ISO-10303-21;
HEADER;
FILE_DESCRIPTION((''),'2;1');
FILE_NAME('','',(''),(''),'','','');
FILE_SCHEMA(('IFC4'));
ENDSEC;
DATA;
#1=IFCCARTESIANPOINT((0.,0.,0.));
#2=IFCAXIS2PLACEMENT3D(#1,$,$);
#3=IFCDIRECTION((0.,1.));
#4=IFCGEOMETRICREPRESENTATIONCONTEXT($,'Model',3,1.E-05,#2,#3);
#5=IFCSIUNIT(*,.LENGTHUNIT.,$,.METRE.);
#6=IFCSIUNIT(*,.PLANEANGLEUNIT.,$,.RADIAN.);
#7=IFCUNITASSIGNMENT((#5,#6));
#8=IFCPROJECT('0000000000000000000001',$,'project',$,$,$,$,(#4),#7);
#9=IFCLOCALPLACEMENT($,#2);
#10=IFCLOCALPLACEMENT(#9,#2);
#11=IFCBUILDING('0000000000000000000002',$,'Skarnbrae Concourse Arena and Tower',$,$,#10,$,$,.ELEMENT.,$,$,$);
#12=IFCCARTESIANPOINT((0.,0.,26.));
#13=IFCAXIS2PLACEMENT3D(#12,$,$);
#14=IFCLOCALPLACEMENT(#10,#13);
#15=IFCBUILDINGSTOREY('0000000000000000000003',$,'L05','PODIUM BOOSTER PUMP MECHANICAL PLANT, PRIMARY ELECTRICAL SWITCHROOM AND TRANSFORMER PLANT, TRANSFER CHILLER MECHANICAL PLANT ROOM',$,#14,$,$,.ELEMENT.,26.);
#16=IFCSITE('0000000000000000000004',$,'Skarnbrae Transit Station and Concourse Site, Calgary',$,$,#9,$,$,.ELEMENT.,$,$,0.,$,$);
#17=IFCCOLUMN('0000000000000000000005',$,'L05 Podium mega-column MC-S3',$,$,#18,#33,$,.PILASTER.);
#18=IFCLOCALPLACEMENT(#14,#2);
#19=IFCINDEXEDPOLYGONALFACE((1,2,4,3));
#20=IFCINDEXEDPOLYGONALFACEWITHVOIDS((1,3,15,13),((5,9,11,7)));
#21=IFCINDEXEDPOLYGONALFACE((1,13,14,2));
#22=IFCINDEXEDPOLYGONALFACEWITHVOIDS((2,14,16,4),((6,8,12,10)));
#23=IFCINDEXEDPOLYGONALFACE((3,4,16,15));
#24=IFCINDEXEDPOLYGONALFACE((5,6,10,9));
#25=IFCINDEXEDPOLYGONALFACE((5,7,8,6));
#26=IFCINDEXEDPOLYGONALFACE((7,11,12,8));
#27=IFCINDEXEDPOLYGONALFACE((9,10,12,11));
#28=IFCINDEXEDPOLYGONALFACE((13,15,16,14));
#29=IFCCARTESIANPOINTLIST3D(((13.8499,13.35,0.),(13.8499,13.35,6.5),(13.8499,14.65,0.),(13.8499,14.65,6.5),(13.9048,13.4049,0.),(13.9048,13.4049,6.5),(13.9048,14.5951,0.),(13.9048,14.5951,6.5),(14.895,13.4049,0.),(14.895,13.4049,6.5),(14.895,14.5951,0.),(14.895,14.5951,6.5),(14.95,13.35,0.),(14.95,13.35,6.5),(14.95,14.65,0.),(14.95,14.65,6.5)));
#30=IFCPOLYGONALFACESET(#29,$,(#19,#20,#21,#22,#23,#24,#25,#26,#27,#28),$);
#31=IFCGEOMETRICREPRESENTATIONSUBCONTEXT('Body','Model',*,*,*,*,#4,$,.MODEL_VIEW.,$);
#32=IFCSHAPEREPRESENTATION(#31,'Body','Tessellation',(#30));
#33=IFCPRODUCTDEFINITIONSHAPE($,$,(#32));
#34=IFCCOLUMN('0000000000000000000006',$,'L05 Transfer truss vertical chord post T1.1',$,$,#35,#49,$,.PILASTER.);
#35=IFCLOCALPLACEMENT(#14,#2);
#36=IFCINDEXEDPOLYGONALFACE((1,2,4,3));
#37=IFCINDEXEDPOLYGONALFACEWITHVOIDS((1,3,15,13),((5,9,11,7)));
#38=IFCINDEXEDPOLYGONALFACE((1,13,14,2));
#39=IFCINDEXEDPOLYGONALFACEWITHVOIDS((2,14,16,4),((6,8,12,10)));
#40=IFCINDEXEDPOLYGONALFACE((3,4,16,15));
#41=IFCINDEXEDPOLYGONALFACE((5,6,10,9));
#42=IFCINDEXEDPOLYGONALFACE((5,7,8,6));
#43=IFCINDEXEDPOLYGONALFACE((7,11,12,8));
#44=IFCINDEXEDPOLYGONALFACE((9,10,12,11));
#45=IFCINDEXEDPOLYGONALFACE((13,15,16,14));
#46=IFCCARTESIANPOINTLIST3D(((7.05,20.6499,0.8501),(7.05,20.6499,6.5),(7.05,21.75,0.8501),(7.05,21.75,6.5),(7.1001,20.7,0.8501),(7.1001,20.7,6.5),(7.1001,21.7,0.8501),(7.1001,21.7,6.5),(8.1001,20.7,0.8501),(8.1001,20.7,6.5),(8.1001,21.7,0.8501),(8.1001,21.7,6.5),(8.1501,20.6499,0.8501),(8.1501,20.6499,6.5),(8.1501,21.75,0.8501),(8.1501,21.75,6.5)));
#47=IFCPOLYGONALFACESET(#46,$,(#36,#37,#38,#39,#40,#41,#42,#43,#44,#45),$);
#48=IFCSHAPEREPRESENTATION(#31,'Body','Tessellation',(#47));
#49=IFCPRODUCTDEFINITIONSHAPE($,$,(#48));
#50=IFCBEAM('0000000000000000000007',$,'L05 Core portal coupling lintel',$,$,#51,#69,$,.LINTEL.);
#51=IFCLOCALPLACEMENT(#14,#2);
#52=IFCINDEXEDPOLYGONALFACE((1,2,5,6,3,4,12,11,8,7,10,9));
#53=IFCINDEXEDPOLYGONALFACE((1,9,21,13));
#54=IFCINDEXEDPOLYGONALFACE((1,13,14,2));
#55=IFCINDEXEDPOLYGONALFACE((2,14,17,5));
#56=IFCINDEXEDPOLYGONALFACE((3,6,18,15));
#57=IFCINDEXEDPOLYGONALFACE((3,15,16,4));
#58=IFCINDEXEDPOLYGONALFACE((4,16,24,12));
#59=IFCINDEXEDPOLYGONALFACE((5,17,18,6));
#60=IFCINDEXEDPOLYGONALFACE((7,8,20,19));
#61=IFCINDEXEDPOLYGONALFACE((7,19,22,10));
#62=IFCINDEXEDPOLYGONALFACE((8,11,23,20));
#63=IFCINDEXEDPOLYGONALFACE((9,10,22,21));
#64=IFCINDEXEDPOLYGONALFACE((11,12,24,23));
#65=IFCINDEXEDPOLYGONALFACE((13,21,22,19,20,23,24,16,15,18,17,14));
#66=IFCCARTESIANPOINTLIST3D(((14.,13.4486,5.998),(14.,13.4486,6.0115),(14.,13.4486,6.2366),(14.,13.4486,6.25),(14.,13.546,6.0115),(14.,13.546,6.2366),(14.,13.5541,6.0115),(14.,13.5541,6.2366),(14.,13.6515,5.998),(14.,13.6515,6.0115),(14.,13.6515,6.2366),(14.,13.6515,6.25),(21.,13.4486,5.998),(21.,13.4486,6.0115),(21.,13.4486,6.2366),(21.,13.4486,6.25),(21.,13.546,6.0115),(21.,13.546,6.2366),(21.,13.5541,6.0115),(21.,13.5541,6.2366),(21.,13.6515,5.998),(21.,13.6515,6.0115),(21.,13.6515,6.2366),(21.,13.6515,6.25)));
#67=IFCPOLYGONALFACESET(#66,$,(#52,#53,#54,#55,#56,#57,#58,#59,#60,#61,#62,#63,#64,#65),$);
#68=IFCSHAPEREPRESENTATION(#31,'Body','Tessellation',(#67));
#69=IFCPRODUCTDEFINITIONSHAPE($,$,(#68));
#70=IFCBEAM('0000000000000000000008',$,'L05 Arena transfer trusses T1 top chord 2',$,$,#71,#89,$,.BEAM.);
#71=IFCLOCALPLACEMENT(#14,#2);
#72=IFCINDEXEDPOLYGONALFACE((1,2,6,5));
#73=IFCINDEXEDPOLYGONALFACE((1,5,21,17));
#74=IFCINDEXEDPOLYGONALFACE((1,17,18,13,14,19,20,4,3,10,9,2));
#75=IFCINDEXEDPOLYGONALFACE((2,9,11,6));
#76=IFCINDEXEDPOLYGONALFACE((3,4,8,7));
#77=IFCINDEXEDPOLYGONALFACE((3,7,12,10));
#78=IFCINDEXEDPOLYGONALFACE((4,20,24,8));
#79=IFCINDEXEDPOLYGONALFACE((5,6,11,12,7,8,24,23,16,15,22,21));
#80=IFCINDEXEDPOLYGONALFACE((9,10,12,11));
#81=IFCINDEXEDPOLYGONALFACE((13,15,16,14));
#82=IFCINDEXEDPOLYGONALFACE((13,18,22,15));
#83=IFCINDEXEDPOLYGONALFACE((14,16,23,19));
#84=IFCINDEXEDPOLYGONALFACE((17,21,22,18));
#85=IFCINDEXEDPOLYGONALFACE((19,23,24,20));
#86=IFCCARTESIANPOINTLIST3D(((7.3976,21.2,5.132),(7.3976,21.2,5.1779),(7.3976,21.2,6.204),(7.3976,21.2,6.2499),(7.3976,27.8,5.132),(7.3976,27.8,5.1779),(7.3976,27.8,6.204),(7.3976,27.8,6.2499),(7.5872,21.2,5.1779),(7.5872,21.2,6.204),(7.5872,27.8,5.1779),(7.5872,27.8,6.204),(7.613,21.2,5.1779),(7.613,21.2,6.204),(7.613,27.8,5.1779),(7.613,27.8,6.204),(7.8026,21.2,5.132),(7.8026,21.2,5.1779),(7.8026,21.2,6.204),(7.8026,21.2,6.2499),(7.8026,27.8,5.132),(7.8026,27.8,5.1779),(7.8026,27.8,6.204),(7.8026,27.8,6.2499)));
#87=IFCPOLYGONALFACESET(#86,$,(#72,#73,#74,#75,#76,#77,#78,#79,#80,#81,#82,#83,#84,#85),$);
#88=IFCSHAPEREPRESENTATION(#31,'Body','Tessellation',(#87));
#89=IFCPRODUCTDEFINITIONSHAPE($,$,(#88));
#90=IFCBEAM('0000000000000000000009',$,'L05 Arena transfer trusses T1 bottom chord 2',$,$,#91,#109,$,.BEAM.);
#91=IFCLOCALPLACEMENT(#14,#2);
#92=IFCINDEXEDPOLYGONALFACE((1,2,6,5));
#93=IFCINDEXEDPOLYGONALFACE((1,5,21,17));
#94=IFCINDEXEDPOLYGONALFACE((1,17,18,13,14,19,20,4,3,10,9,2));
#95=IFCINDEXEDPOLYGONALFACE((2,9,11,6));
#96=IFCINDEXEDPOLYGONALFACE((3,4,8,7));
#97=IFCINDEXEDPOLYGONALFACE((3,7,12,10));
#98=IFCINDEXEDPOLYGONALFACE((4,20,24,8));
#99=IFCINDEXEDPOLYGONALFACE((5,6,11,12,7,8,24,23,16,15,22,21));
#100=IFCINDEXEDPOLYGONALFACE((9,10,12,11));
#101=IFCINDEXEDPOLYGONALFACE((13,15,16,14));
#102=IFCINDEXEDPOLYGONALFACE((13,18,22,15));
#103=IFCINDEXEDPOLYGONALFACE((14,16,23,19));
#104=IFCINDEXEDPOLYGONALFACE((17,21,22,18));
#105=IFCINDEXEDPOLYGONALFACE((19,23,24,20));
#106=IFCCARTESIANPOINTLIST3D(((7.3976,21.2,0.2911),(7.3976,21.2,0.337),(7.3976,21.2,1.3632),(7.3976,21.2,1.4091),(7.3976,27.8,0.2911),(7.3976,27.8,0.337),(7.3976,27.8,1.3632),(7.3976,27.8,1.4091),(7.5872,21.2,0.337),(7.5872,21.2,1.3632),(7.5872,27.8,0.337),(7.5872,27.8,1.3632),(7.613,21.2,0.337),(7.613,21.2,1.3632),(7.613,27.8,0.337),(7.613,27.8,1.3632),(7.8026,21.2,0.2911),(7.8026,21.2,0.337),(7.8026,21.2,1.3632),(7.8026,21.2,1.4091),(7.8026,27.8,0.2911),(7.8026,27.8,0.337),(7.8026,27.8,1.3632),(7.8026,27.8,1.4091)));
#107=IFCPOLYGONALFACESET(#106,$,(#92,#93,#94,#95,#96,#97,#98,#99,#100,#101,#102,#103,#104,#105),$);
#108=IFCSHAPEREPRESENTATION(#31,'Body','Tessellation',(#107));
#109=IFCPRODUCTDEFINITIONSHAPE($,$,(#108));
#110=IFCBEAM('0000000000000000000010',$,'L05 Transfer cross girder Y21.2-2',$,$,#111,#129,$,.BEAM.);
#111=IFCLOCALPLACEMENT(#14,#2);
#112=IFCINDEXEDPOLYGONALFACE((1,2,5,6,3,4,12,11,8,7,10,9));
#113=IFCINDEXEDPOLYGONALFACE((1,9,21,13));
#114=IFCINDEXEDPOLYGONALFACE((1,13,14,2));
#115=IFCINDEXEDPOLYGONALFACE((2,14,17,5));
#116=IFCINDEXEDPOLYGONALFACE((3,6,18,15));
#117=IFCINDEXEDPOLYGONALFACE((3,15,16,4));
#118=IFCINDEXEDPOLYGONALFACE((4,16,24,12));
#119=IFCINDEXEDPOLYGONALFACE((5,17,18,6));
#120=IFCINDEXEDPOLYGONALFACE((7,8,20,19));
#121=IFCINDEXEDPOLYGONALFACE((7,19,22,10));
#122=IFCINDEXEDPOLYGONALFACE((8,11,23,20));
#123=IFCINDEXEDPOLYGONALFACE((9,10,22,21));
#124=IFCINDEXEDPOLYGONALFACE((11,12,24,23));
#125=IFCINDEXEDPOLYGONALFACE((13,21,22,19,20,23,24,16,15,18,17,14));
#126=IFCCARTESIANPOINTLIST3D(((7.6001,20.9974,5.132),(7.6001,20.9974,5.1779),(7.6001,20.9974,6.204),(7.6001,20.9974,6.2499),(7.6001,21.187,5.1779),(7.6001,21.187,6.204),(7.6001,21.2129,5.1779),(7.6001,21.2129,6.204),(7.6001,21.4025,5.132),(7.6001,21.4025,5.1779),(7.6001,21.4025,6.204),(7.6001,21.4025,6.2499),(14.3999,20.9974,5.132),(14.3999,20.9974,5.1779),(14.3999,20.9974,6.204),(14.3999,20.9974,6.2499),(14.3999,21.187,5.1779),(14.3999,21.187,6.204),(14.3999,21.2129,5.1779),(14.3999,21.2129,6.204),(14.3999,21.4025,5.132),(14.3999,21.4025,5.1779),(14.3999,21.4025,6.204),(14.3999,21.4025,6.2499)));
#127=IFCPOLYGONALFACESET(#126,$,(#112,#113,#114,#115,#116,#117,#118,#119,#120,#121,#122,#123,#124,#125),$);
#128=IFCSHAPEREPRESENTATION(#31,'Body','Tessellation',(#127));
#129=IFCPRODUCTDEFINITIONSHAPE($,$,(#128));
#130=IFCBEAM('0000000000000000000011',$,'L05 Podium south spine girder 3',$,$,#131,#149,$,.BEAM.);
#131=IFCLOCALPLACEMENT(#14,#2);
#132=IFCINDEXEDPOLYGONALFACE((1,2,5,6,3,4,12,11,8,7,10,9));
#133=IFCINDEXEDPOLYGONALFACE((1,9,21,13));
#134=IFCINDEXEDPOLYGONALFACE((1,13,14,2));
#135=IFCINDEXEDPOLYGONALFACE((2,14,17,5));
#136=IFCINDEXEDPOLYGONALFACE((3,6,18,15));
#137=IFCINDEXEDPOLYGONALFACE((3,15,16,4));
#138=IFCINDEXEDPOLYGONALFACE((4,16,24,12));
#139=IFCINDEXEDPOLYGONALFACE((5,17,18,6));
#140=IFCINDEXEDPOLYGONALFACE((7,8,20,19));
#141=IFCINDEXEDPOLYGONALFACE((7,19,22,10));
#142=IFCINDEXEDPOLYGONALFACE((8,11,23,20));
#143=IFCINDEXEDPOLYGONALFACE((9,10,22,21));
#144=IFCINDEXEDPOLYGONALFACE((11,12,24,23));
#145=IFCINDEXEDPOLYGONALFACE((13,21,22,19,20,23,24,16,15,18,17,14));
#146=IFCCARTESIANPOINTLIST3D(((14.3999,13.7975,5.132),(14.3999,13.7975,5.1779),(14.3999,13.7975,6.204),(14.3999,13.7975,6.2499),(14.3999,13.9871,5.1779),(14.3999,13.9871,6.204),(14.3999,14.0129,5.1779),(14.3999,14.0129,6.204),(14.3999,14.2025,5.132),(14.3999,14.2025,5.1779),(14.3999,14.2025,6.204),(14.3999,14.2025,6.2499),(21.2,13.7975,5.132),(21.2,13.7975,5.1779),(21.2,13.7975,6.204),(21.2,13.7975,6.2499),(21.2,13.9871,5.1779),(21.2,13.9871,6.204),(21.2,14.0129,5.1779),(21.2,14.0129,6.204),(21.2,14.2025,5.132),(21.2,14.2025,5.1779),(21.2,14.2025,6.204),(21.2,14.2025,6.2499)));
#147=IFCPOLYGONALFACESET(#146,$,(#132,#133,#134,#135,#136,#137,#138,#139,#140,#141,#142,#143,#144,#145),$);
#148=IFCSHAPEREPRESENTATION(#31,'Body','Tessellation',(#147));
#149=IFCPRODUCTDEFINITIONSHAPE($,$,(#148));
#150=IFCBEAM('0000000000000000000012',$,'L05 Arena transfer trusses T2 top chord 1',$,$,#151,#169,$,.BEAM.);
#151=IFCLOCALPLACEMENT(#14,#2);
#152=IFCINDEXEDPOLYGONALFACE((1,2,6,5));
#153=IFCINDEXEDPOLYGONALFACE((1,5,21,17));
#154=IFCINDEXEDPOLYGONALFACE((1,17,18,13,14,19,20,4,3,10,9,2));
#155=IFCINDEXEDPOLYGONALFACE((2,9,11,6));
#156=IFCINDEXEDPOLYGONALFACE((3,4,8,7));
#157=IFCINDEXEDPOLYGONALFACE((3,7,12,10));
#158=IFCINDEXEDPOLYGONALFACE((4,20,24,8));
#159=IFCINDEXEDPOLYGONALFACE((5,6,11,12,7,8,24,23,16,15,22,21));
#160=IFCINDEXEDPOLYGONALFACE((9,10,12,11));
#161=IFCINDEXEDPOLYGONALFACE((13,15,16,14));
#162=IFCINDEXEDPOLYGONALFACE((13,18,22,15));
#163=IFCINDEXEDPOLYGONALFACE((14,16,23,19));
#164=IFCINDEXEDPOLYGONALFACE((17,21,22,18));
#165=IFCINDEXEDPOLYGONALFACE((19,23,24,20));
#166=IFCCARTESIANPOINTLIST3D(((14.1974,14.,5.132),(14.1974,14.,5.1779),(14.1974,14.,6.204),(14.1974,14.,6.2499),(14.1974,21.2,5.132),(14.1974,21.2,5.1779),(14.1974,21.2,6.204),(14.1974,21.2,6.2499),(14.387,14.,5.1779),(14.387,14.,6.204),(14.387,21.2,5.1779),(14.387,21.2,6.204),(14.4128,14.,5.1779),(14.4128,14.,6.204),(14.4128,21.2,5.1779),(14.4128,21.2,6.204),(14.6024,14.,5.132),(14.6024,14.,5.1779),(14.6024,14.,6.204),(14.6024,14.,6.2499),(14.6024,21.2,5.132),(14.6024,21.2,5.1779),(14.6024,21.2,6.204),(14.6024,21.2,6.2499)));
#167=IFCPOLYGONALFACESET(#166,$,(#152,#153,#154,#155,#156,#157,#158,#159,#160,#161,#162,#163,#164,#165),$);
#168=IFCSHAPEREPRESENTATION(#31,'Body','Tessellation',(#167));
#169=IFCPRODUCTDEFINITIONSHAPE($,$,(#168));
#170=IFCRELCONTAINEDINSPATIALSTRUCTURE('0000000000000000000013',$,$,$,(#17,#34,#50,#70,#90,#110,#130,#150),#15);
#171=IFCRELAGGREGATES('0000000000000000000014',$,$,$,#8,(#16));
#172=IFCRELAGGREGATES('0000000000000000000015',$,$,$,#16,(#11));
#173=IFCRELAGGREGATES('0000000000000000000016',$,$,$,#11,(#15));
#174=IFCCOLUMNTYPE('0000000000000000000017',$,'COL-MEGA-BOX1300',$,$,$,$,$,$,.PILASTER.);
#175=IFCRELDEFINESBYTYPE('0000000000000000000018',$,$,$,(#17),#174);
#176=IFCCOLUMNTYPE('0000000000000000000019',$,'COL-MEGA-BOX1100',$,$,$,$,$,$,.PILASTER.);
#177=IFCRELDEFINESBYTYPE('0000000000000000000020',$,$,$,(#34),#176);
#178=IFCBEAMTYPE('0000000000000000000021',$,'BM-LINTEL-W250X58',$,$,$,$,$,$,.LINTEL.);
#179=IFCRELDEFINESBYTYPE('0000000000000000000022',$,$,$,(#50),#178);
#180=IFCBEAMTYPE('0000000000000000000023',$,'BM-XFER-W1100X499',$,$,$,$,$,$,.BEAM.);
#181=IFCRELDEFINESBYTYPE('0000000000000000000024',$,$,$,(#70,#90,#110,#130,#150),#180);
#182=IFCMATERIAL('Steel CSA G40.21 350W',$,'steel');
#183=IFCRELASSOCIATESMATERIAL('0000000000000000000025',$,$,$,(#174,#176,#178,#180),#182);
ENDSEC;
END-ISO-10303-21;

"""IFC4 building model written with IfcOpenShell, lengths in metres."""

from ifc_helpers import new_model, si_unit, direction, frame, origin, origin_2d, place, context, subcontext, project, spatial, hollow_rectangle, i_section, extrude, source, transform, mapped, material, material_profile, profile_set, type_object, element, save


model = new_model("IFC4")

# Units and contexts
model_context = context("Model", 3, precision=1e-05, world=origin(), true_north=direction((0.0, 1.0)))
body_context = subcontext(model_context, "Body", "Model", "MODEL_VIEW")
ifc_project = project(units=[si_unit("LENGTHUNIT", "METRE"), si_unit("PLANEANGLEUNIT", "RADIAN")], contexts=[model_context])

# Site, building, storey
site_placement = place(None, origin())
site = spatial("IfcSite", under=ifc_project, at=site_placement, Name="Skarnbrae Transit Station and Concourse Site, Calgary", CompositionType="ELEMENT", RefElevation=0.0)
building_placement = place(site_placement, origin())
building = spatial("IfcBuilding", under=site, at=building_placement, Name="Skarnbrae Concourse Arena and Tower", CompositionType="ELEMENT")
storey_placement = place(building_placement, frame((0.0, 0.0, 26.0)))
storey = spatial("IfcBuildingStorey", under=building, at=storey_placement, Name="L05", Description="PODIUM BOOSTER PUMP MECHANICAL PLANT, PRIMARY ELECTRICAL SWITCHROOM AND TRANSFORMER PLANT, TRANSFER CHILLER MECHANICAL PLANT ROOM", CompositionType="ELEMENT", Elevation=26.0)

# Columns
ifc_material_1 = material(Name="Steel CSA G40.21 350W", Category="steel")
ifc_material_profile_1 = material_profile(ifc_material_1, hollow_rectangle(XDim=1.1001, YDim=1.3, WallThickness=0.0549, at=origin_2d()), Name="BOX1300X1100X55")
ifc_profile_set_1 = profile_set([ifc_material_profile_1], Name="Steel CSA G40.21 350W")
column_type_1 = type_object("IfcColumnType", Name="COL-MEGA-BOX1300", PredefinedType="PILASTER", material=ifc_profile_set_1)
shared_shape_1 = source(origin(), body_context, "Body", "SweptSolid", [
    extrude(hollow_rectangle(XDim=1.1001, YDim=1.3, WallThickness=0.0549, at=origin_2d()), origin(), (0.0, 0.0, 1.0), 6.5),
])
column_1_placement = place(storey_placement, frame((14.3999, 14.0, 0.0), z_axis=(0.0, 0.0, 1.0), x_axis=(1.0, 0.0, 0.0)))
element("IfcColumn", 1, at=column_1_placement, inside=storey, type_object=column_type_1, Name="L05 Podium mega-column MC-S3", PredefinedType="PILASTER", context=body_context, shape_type="MappedRepresentation", body=[
    mapped(shared_shape_1, transform((0.0, 0.0, 0.0))),
])
ifc_material_profile_2 = material_profile(ifc_material_1, hollow_rectangle(XDim=1.1001, YDim=1.1001, WallThickness=0.05, at=origin_2d()), Name="BOX1100X1100X50")
ifc_profile_set_2 = profile_set([ifc_material_profile_2], Name="Steel CSA G40.21 350W")
column_type_2 = type_object("IfcColumnType", Name="COL-MEGA-BOX1100", PredefinedType="PILASTER", material=ifc_profile_set_2)
shared_shape_2 = source(origin(), body_context, "Body", "SweptSolid", [
    extrude(hollow_rectangle(XDim=1.1001, YDim=1.1001, WallThickness=0.05, at=origin_2d()), origin(), (0.0, 0.0, 1.0), 5.6499),
])
column_2_placement = place(storey_placement, frame((7.6001, 21.2, 0.8501), z_axis=(0.0, 0.0, 1.0), x_axis=(1.0, 0.0, 0.0)))
element("IfcColumn", 2, at=column_2_placement, inside=storey, type_object=column_type_2, Name="L05 Transfer truss vertical chord post T1.1", PredefinedType="PILASTER", context=body_context, shape_type="MappedRepresentation", body=[
    mapped(shared_shape_2, transform((0.0, 0.0, 0.0))),
])

# Beams
ifc_material_profile_3 = material_profile(ifc_material_1, i_section(OverallWidth=0.2029, OverallDepth=0.252, WebThickness=0.0081, FlangeThickness=0.0134, at=origin_2d()), Name="W250X58")
ifc_profile_set_3 = profile_set([ifc_material_profile_3], Name="Steel CSA G40.21 350W")
beam_type_1 = type_object("IfcBeamType", Name="BM-LINTEL-W250X58", PredefinedType="LINTEL", material=ifc_profile_set_3)
shared_shape_3 = source(origin(), body_context, "Body", "SweptSolid", [
    extrude(i_section(OverallWidth=0.2029, OverallDepth=0.252, WebThickness=0.0081, FlangeThickness=0.0134, at=origin_2d()), origin(), (0.0, 0.0, 1.0), 7.0),
])
beam_1_placement = place(storey_placement, frame((14.0, 13.55, 6.124), z_axis=(1.0, 0.0, 0.0), x_axis=(0.0, 1.0, 0.0)))
element("IfcBeam", 3, at=beam_1_placement, inside=storey, type_object=beam_type_1, Name="L05 Core portal coupling lintel", PredefinedType="LINTEL", context=body_context, shape_type="MappedRepresentation", body=[
    mapped(shared_shape_3, transform((0.0, 0.0, 0.0))),
])
ifc_material_profile_4 = material_profile(ifc_material_1, i_section(OverallWidth=0.405, OverallDepth=1.1179, WebThickness=0.0259, FlangeThickness=0.0459, at=origin_2d()), Name="W1100X499")
ifc_profile_set_4 = profile_set([ifc_material_profile_4], Name="Steel CSA G40.21 350W")
beam_type_2 = type_object("IfcBeamType", Name="BM-XFER-W1100X499", PredefinedType="BEAM", material=ifc_profile_set_4)
shared_shape_4 = source(origin(), body_context, "Body", "SweptSolid", [
    extrude(i_section(OverallWidth=0.405, OverallDepth=1.1179, WebThickness=0.0259, FlangeThickness=0.0459, at=origin_2d()), origin(), (0.0, 0.0, 1.0), 6.6001),
])
for number, where, z_axis, x_axis, name in (
    (4, (7.6001, 21.2, 5.6909), (0.0, 1.0, 0.0), (-1.0, 0.0, 0.0), "L05 Arena transfer trusses T1 top chord 2"),
    (5, (7.6001, 21.2, 0.8501), (0.0, 1.0, 0.0), (-1.0, 0.0, 0.0), "L05 Arena transfer trusses T1 bottom chord 2"),
):
    element("IfcBeam", number, at=place(storey_placement, frame(where, z_axis=z_axis, x_axis=x_axis)), inside=storey, type_object=beam_type_2, Name=name, PredefinedType="BEAM", context=body_context, shape_type="MappedRepresentation", body=[
        mapped(shared_shape_4, transform((0.0, 0.0, 0.0))),
    ])
shared_shape_5 = source(origin(), body_context, "Body", "SweptSolid", [
    extrude(i_section(OverallWidth=0.405, OverallDepth=1.1179, WebThickness=0.0259, FlangeThickness=0.0459, at=origin_2d()), origin(), (0.0, 0.0, 1.0), 6.7998),
])
beam_2_placement = place(storey_placement, frame((7.6001, 21.2, 5.6909), z_axis=(1.0, 0.0, 0.0), x_axis=(0.0, 1.0, 0.0)))
element("IfcBeam", 6, at=beam_2_placement, inside=storey, type_object=beam_type_2, Name="L05 Transfer cross girder Y21.2-2", PredefinedType="BEAM", context=body_context, shape_type="MappedRepresentation", body=[
    mapped(shared_shape_5, transform((0.0, 0.0, 0.0))),
])
shared_shape_6 = source(origin(), body_context, "Body", "SweptSolid", [
    extrude(i_section(OverallWidth=0.405, OverallDepth=1.1179, WebThickness=0.0259, FlangeThickness=0.0459, at=origin_2d()), origin(), (0.0, 0.0, 1.0), 6.8),
])
beam_3_placement = place(storey_placement, frame((14.3999, 14.0, 5.6909), z_axis=(1.0, 0.0, 0.0), x_axis=(0.0, 1.0, 0.0)))
element("IfcBeam", 7, at=beam_3_placement, inside=storey, type_object=beam_type_2, Name="L05 Podium south spine girder 3", PredefinedType="BEAM", context=body_context, shape_type="MappedRepresentation", body=[
    mapped(shared_shape_6, transform((0.0, 0.0, 0.0))),
])
shared_shape_7 = source(origin(), body_context, "Body", "SweptSolid", [
    extrude(i_section(OverallWidth=0.405, OverallDepth=1.1179, WebThickness=0.0259, FlangeThickness=0.0459, at=origin_2d()), origin(), (0.0, 0.0, 1.0), 7.2),
])
beam_4_placement = place(storey_placement, frame((14.3999, 14.0, 5.6909), z_axis=(0.0, 1.0, 0.0), x_axis=(-1.0, 0.0, 0.0)))
element("IfcBeam", 8, at=beam_4_placement, inside=storey, type_object=beam_type_2, Name="L05 Arena transfer trusses T2 top chord 1", PredefinedType="BEAM", context=body_context, shape_type="MappedRepresentation", body=[
    mapped(shared_shape_7, transform((0.0, 0.0, 0.0))),
])

save(model, "model.ifc")
